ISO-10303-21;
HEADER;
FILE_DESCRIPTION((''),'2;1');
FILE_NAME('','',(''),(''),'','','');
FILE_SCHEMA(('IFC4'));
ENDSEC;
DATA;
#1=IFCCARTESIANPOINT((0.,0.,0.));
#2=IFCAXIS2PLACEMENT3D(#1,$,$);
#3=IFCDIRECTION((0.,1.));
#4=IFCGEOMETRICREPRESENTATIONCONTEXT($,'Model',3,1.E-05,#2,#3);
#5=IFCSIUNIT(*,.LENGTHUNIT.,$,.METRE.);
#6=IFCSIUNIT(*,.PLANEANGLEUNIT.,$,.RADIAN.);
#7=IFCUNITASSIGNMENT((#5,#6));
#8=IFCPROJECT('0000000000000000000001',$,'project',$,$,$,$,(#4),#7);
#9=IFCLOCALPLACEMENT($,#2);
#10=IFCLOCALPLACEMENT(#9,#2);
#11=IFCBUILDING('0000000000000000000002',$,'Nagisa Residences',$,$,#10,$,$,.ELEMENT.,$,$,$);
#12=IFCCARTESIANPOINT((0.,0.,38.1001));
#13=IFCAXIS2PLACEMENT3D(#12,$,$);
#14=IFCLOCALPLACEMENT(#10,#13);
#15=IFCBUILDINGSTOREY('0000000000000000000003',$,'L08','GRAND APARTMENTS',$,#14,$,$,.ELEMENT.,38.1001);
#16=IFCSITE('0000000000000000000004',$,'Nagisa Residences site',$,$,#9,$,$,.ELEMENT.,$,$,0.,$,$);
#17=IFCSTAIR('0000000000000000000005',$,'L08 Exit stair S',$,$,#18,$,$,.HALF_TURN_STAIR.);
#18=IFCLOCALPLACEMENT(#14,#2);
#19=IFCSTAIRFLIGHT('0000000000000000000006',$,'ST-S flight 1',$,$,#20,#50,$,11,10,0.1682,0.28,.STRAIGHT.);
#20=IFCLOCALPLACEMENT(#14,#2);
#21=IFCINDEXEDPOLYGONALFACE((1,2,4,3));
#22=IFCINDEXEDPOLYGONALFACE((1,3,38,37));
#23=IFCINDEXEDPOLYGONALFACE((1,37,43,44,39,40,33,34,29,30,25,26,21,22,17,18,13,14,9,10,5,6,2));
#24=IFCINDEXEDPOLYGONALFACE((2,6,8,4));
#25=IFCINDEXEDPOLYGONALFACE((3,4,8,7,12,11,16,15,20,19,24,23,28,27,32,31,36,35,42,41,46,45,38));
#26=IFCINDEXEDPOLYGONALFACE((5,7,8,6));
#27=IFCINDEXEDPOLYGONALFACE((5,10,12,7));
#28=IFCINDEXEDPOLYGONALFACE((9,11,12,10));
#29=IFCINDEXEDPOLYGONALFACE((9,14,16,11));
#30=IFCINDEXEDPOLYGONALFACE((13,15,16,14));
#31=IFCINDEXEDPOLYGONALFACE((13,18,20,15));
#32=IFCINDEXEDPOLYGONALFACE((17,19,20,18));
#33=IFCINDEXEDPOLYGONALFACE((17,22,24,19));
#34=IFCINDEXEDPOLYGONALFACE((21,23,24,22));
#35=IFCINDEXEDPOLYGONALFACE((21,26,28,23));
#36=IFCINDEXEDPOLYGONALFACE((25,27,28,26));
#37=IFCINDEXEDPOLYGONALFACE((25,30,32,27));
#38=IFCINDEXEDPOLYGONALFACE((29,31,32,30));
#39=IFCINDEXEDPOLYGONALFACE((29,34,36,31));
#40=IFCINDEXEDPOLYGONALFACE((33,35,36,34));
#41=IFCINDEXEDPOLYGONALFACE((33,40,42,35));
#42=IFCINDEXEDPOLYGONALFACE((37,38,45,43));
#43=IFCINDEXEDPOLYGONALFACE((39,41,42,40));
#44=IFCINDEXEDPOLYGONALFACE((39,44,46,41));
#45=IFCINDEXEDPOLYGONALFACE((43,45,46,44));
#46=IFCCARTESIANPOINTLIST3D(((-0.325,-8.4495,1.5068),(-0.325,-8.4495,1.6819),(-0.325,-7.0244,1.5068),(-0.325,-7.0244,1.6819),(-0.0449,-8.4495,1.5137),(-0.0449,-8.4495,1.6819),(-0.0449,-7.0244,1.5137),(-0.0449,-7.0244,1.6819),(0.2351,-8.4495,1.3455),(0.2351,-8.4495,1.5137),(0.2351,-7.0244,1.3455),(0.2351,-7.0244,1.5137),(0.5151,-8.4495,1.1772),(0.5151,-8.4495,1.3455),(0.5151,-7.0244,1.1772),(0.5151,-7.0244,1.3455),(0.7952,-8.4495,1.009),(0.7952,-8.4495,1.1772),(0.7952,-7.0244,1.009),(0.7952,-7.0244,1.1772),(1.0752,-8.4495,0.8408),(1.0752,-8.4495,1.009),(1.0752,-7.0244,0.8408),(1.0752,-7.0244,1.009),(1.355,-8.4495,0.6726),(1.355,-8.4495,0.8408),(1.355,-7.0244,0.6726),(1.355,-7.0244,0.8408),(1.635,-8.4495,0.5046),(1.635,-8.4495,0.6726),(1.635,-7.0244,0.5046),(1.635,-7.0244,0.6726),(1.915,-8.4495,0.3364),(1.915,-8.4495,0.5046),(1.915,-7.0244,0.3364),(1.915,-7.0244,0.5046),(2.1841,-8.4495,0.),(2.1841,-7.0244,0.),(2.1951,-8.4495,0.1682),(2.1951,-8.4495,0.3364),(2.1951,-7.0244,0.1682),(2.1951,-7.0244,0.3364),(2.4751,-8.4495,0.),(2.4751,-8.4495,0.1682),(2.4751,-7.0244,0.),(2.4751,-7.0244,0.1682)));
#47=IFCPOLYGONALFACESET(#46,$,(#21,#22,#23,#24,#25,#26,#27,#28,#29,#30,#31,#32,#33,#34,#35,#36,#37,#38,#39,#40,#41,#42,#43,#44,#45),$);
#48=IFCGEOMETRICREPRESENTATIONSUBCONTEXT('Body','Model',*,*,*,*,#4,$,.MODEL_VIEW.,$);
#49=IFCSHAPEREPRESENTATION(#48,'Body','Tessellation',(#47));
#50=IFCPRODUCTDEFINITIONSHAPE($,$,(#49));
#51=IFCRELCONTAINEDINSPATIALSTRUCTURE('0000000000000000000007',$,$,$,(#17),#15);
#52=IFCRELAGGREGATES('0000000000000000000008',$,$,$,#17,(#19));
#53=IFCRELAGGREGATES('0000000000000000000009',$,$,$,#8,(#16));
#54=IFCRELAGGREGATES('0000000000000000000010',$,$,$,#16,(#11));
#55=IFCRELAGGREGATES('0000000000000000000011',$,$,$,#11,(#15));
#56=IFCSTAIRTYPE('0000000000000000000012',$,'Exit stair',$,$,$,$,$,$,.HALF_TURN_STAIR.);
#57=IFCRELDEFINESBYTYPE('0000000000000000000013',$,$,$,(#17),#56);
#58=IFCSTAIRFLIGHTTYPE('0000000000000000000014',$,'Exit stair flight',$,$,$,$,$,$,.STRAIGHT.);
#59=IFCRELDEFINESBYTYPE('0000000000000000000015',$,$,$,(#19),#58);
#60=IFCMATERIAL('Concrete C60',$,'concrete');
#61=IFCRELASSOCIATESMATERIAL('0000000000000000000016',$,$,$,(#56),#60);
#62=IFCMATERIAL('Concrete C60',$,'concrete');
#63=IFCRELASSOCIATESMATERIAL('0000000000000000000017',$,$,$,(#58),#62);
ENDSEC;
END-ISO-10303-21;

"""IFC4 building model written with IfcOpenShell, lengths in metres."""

from ifc_helpers import new_model, si_unit, direction, frame, origin, place, context, subcontext, project, spatial, polyline, outline, extrude, material, type_object, element, aggregate, save


model = new_model("IFC4")

# Units and contexts
model_context = context("Model", 3, precision=1e-05, world=origin(), true_north=direction((0.0, 1.0)))
body_context = subcontext(model_context, "Body", "Model", "MODEL_VIEW")
ifc_project = project(units=[si_unit("LENGTHUNIT", "METRE"), si_unit("PLANEANGLEUNIT", "RADIAN")], contexts=[model_context])

# Site, building, storey
site_placement = place(None, origin())
site = spatial("IfcSite", under=ifc_project, at=site_placement, Name="Nagisa Residences site", CompositionType="ELEMENT", RefElevation=0.0)
building_placement = place(site_placement, origin())
building = spatial("IfcBuilding", under=site, at=building_placement, Name="Nagisa Residences", CompositionType="ELEMENT")
storey_placement = place(building_placement, frame((0.0, 0.0, 38.1001)))
storey = spatial("IfcBuildingStorey", under=building, at=storey_placement, Name="L08", Description="GRAND APARTMENTS", CompositionType="ELEMENT", Elevation=38.1001)

# Stair, stair flight
ifc_material_1 = material(Name="Concrete C60", Category="concrete")
stair_type = type_object("IfcStairType", Name="Exit stair", PredefinedType="HALF_TURN_STAIR", material=ifc_material_1)
stair_placement = place(storey_placement, origin())
stair = element("IfcStair", 1, at=stair_placement, inside=storey, type_object=stair_type, Name="L08 Exit stair S", PredefinedType="HALF_TURN_STAIR")
ifc_material_2 = material(Name="Concrete C60", Category="concrete")
stair_flight_type = type_object("IfcStairFlightType", Name="Exit stair flight", PredefinedType="STRAIGHT", material=ifc_material_2)
stair_flight_placement = place(storey_placement, frame((2.4751, -7.7371, 0.0), z_axis=(0.0, 0.0, 1.0), x_axis=(-1.0, 0.0, 0.0)))
stair_flight = element("IfcStairFlight", 2, at=stair_flight_placement, type_object=stair_flight_type, Name="ST-S flight 1", NumberOfRisers=11, NumberOfTreads=10, PredefinedType="STRAIGHT", RiserHeight=0.1682, TreadLength=0.28, context=body_context, shape_type="SweptSolid", body=[
    extrude(outline(polyline([(0.0, 0.0), (0.0, 0.1682), (0.28, 0.1682), (0.28, 0.3364), (0.5601, 0.3364), (0.5601, 0.5046), (0.8401, 0.5046), (0.8401, 0.6726), (1.1201, 0.6726), (1.1201, 0.8408), (1.3999, 0.8408), (1.3999, 1.009), (1.6799, 1.009), (1.6799, 1.1772), (1.96, 1.1772), (1.96, 1.3455), (2.24, 1.3455), (2.24, 1.5137), (2.52, 1.5137), (2.52, 1.6819), (2.8, 1.6819), (2.8, 1.8501), (2.8, 1.5068), (0.291, 0.0), (0.0, 0.0)])), frame((0.0, 0.7124, 0.0), z_axis=(0.0, -1.0, 0.0), x_axis=(1.0, 0.0, 0.0)), (0.0, 0.0, 1.0), 1.425),
])
aggregate(stair, [stair_flight])

save(model, "model.ifc")
